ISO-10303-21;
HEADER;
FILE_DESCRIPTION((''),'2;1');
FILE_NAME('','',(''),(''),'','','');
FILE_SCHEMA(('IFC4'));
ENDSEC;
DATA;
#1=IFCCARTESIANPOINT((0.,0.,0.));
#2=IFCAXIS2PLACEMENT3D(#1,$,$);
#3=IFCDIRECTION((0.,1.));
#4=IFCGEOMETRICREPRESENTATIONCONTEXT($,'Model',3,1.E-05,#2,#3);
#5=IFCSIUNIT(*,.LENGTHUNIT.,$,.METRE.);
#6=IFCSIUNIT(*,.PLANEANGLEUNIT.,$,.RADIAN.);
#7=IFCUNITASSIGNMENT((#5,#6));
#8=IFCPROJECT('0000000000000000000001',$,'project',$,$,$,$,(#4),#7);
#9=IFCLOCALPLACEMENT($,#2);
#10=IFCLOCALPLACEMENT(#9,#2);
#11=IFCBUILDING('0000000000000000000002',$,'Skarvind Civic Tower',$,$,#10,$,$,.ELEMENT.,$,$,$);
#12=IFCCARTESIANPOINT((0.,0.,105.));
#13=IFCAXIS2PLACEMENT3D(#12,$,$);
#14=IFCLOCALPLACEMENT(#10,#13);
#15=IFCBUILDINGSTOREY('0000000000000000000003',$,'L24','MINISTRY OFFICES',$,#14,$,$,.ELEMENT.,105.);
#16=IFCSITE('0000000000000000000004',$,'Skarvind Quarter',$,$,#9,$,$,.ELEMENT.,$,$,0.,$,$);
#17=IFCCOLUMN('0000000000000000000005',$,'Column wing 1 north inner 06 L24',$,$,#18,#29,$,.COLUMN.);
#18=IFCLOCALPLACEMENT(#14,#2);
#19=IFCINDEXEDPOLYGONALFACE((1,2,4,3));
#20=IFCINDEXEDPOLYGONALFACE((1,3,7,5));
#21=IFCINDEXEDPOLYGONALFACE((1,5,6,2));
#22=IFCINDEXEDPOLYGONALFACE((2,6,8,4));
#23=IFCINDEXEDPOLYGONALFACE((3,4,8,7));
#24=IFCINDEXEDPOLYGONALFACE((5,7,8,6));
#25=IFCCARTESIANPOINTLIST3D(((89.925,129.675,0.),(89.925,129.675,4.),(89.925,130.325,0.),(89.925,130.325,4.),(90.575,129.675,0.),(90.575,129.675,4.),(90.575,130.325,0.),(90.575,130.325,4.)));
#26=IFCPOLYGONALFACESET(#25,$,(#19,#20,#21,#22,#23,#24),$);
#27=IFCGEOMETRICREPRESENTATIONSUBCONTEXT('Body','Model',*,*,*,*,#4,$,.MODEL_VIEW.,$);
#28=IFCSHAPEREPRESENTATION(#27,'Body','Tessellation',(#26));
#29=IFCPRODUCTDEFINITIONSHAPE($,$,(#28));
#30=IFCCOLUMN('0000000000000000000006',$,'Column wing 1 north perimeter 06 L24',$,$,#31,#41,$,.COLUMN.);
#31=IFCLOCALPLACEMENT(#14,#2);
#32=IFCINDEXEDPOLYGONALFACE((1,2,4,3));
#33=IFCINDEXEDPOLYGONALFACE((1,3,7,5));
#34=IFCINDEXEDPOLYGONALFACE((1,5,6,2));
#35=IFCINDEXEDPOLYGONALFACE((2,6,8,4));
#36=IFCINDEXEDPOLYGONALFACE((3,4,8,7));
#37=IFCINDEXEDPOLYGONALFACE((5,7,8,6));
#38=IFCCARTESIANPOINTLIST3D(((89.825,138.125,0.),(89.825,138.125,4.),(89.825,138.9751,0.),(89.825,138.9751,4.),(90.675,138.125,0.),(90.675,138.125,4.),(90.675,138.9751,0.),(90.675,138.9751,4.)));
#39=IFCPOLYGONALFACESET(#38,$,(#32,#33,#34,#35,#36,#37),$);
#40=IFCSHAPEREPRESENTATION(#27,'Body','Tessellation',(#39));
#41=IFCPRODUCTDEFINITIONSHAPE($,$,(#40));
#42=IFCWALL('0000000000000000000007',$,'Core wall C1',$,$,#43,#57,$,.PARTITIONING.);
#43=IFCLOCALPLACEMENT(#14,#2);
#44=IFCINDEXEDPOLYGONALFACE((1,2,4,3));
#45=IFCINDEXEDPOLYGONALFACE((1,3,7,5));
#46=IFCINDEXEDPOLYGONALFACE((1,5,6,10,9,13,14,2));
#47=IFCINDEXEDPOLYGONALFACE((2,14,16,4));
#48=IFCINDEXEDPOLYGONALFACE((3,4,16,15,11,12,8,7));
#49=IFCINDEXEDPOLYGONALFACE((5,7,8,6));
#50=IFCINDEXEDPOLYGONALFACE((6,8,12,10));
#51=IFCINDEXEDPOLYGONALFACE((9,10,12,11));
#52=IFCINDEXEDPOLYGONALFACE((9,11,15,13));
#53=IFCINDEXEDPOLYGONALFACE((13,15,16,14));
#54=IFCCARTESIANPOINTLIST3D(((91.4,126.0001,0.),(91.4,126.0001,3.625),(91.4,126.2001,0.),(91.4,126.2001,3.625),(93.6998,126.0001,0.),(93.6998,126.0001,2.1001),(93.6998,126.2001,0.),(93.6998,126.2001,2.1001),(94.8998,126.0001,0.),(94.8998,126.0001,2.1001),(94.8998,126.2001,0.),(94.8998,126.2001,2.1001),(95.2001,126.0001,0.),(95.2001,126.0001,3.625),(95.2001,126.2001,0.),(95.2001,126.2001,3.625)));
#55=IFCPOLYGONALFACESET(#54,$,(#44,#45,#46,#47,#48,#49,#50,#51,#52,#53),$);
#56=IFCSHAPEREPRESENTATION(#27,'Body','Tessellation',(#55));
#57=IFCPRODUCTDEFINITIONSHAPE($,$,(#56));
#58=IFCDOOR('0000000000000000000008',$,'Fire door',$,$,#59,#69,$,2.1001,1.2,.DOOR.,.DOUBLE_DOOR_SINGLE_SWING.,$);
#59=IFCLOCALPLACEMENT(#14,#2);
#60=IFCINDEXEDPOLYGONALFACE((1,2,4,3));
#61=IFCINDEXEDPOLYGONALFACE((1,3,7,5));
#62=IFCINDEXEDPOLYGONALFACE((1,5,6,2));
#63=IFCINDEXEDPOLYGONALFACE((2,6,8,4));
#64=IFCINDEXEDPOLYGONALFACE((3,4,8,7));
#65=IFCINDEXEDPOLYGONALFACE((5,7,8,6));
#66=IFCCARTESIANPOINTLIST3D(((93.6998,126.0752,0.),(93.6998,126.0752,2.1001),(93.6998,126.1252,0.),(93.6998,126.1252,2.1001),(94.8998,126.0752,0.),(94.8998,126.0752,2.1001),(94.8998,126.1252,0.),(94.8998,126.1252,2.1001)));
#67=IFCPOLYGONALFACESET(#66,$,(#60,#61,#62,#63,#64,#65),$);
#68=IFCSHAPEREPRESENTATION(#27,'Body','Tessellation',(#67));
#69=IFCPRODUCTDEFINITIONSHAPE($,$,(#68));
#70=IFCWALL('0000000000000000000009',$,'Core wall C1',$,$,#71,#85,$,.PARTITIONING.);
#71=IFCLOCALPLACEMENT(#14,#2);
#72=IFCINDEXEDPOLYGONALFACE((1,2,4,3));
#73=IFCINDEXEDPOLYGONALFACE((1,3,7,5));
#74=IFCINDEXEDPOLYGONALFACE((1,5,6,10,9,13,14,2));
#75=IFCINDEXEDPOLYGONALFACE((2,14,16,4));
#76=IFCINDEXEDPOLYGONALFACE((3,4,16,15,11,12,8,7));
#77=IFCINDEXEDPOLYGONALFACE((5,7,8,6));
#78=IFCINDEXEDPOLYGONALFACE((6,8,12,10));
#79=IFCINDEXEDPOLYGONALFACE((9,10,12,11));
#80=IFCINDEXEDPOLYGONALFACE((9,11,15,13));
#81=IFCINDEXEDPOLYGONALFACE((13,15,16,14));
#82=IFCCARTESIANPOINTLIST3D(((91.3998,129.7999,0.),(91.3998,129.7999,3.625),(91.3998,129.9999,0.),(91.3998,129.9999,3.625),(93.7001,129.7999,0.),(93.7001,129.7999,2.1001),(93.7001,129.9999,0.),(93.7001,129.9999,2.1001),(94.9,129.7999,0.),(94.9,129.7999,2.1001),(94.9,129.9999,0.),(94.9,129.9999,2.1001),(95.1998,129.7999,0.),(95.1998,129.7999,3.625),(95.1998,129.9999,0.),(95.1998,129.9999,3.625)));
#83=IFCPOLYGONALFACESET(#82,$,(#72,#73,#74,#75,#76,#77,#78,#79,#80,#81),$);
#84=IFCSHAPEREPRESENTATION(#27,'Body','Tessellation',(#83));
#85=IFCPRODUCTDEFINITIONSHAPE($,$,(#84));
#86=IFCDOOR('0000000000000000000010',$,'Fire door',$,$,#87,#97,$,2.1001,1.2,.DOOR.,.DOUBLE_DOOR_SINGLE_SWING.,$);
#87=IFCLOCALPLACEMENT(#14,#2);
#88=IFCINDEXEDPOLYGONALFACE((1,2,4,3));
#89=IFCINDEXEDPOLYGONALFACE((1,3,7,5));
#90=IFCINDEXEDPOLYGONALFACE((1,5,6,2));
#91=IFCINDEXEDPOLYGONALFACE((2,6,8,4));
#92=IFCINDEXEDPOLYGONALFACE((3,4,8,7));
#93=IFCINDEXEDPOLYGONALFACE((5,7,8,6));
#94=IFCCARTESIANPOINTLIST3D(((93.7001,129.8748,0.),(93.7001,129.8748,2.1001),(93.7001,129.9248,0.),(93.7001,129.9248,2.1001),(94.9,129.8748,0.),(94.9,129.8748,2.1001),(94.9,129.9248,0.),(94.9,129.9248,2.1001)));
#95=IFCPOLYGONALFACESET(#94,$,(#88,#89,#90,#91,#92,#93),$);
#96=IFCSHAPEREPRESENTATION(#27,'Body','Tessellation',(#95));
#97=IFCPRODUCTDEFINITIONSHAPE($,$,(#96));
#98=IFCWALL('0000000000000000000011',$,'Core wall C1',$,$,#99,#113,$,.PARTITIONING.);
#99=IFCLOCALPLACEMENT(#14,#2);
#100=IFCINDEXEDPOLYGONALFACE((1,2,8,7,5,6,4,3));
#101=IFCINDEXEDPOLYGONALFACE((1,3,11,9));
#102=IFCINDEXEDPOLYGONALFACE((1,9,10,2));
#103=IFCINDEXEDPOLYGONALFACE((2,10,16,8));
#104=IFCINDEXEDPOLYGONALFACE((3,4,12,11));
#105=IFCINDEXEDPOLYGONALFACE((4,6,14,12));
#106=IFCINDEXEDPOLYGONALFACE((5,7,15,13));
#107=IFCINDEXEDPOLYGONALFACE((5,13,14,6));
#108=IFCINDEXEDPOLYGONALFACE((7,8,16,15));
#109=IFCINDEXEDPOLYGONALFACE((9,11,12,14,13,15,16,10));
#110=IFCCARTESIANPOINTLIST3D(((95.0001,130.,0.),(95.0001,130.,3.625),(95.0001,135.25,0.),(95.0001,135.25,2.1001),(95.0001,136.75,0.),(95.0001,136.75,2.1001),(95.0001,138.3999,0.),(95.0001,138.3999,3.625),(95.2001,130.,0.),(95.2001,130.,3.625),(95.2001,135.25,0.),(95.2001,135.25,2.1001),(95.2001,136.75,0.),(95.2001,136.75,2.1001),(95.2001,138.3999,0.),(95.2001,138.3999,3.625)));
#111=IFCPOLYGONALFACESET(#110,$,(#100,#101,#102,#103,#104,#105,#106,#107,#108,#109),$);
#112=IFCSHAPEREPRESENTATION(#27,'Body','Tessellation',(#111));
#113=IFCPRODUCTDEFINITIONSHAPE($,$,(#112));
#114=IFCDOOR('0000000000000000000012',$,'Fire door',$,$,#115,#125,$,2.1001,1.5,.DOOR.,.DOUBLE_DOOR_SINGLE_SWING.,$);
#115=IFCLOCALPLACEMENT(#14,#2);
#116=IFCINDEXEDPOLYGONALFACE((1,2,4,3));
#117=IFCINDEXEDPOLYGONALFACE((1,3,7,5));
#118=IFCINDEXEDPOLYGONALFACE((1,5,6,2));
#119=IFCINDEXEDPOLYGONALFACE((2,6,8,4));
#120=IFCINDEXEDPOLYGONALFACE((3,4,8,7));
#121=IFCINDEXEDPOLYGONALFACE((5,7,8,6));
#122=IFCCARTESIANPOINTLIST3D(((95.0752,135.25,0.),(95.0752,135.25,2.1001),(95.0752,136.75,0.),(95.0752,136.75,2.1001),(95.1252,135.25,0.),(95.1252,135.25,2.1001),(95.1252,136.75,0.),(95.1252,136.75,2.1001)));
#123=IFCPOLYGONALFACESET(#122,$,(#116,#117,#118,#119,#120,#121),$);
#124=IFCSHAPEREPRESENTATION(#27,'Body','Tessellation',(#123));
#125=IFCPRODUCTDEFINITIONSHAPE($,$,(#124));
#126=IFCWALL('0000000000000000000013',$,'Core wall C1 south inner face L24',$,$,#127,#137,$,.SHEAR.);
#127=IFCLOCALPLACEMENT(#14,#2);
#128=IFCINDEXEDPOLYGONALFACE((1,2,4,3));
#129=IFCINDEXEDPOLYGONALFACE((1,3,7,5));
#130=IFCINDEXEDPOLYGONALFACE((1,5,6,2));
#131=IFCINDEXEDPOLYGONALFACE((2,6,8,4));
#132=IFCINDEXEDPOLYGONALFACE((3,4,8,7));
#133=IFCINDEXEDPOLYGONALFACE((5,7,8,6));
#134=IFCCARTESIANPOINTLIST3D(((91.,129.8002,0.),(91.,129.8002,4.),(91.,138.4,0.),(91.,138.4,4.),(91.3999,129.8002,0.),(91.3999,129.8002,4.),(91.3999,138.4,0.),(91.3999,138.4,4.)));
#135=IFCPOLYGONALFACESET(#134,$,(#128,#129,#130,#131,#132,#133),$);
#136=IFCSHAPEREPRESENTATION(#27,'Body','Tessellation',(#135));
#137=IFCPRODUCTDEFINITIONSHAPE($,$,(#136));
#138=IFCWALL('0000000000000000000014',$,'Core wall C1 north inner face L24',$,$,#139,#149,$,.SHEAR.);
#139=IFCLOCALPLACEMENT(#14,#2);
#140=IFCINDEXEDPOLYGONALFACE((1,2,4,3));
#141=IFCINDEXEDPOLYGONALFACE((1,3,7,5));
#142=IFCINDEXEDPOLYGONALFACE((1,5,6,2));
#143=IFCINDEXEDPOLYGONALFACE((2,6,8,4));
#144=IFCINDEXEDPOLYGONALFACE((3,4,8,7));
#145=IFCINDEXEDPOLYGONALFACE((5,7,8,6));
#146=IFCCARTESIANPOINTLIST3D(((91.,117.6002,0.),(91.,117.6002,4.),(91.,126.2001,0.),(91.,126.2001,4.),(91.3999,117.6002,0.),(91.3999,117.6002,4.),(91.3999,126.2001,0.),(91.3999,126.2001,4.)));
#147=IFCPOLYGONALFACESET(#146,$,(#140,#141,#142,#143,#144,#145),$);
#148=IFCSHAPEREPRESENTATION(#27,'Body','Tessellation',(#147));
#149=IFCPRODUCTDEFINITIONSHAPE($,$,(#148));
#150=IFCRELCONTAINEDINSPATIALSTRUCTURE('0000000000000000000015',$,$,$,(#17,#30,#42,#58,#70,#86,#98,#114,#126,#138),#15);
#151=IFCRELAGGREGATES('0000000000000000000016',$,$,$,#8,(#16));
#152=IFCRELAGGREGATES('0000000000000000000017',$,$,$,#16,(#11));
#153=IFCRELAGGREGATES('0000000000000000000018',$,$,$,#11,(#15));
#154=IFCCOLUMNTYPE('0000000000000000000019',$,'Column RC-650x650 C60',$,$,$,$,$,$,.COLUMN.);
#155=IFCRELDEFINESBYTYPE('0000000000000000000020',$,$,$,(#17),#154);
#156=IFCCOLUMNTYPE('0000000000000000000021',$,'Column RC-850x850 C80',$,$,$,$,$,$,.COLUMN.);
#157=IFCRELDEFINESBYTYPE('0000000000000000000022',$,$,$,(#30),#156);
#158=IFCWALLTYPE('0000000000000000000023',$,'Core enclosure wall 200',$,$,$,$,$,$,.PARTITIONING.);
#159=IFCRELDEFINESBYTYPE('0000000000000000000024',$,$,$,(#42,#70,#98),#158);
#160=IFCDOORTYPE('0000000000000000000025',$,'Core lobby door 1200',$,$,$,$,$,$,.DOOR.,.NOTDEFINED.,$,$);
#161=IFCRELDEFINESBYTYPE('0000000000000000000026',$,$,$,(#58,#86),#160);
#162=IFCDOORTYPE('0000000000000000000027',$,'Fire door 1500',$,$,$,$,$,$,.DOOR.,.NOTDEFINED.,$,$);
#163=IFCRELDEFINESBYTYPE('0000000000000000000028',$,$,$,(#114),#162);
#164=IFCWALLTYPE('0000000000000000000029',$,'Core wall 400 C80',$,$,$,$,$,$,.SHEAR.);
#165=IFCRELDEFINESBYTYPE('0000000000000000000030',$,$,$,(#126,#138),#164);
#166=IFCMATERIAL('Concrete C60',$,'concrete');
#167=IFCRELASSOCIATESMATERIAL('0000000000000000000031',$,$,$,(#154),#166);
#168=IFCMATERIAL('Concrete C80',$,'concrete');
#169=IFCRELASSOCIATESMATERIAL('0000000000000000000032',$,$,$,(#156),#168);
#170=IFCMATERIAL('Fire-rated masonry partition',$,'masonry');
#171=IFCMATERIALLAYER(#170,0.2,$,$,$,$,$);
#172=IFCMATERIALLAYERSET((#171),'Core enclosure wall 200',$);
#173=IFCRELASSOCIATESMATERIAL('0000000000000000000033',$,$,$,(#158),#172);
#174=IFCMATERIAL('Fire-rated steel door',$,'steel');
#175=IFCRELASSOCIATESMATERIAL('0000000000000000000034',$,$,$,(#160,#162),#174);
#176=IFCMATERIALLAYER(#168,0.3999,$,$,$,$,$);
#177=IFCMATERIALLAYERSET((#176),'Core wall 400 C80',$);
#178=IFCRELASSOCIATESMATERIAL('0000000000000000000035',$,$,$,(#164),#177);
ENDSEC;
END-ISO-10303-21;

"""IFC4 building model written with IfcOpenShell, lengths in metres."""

from ifc_helpers import new_model, si_unit, direction, frame, frame_2d, origin, origin_2d, place, context, subcontext, project, spatial, rectangle, extrude, material, layer, layer_set, material_profile, profile_set, type_object, element, fill, save


model = new_model("IFC4")

# Units and contexts
model_context = context("Model", 3, precision=1e-05, world=origin(), true_north=direction((0.0, 1.0)))
body_context = subcontext(model_context, "Body", "Model", "MODEL_VIEW")
ifc_project = project(units=[si_unit("LENGTHUNIT", "METRE"), si_unit("PLANEANGLEUNIT", "RADIAN")], contexts=[model_context])

# Site, building, storey
site_placement = place(None, origin())
site = spatial("IfcSite", under=ifc_project, at=site_placement, Name="Skarvind Quarter", CompositionType="ELEMENT", RefElevation=0.0)
building_placement = place(site_placement, origin())
building = spatial("IfcBuilding", under=site, at=building_placement, Name="Skarvind Civic Tower", CompositionType="ELEMENT")
storey_placement = place(building_placement, frame((0.0, 0.0, 105.0)))
storey = spatial("IfcBuildingStorey", under=building, at=storey_placement, Name="L24", Description="MINISTRY OFFICES", CompositionType="ELEMENT", Elevation=105.0)

# Columns
ifc_material_1 = material(Name="Concrete C60", Category="concrete")
ifc_material_profile_1 = material_profile(ifc_material_1, rectangle(XDim=0.6499, YDim=0.6499, at=origin_2d()), Name="RC-650x650")
ifc_profile_set_1 = profile_set([ifc_material_profile_1], Name="Concrete C60")
column_type_1 = type_object("IfcColumnType", Name="Column RC-650x650 C60", PredefinedType="COLUMN", material=ifc_profile_set_1)
column_1_placement = place(storey_placement, frame((90.25, 130.0, 0.0), z_axis=(0.0, 0.0, 1.0), x_axis=(1.0, 0.0, 0.0)))
element("IfcColumn", 1, at=column_1_placement, inside=storey, type_object=column_type_1, Name="Column wing 1 north inner 06 L24", PredefinedType="COLUMN", context=body_context, shape_type="SweptSolid", body=[
    extrude(rectangle(XDim=0.6499, YDim=0.6499, at=origin_2d()), origin(), (0.0, 0.0, 1.0), 4.0),
])
ifc_material_2 = material(Name="Concrete C80", Category="concrete")
ifc_material_profile_2 = material_profile(ifc_material_2, rectangle(XDim=0.8501, YDim=0.8501, at=origin_2d()), Name="RC-850x850")
ifc_profile_set_2 = profile_set([ifc_material_profile_2], Name="Concrete C80")
column_type_2 = type_object("IfcColumnType", Name="Column RC-850x850 C80", PredefinedType="COLUMN", material=ifc_profile_set_2)
column_2_placement = place(storey_placement, frame((90.25, 138.55, 0.0), z_axis=(0.0, 0.0, 1.0), x_axis=(1.0, 0.0, 0.0)))
element("IfcColumn", 2, at=column_2_placement, inside=storey, type_object=column_type_2, Name="Column wing 1 north perimeter 06 L24", PredefinedType="COLUMN", context=body_context, shape_type="SweptSolid", body=[
    extrude(rectangle(XDim=0.8501, YDim=0.8501, at=origin_2d()), origin(), (0.0, 0.0, 1.0), 4.0),
])

# Walls, openings, doors
ifc_material_3 = material(Name="Fire-rated masonry partition", Category="masonry")
ifc_layer_1 = layer(ifc_material_3, 0.2)
ifc_layer_set_1 = layer_set([ifc_layer_1], Name="Core enclosure wall 200")
wall_type_1 = type_object("IfcWallType", Name="Core enclosure wall 200", PredefinedType="PARTITIONING", material=ifc_layer_set_1)
wall_1_placement = place(storey_placement, frame((95.2, 126.1001, 0.0), z_axis=(0.0, 0.0, 1.0), x_axis=(-1.0, 0.0, 0.0)))
wall_1 = element("IfcWall", 3, at=wall_1_placement, inside=storey, type_object=wall_type_1, Name="Core wall C1", PredefinedType="PARTITIONING", context=body_context, shape_type="SweptSolid", body=[
    extrude(rectangle(XDim=3.8, YDim=0.2, at=frame_2d((1.8999, 0.0))), origin(), (0.0, 0.0, 1.0), 3.625),
])
opening_1_placement = place(wall_1_placement, frame((0.3, 0.0, 0.0)))
opening_1 = element("IfcOpeningElement", 4, at=opening_1_placement, cuts=wall_1, PredefinedType="OPENING", context=body_context, shape_type="SweptSolid", body=[
    extrude(rectangle(XDim=1.2, YDim=2.1001, at=frame_2d((0.6001, 1.05))), frame((0.0, 0.1099, 0.0), z_axis=(0.0, -1.0, 0.0), x_axis=(1.0, 0.0, 0.0)), (0.0, 0.0, 1.0), 0.22),
])
ifc_material_4 = material(Name="Fire-rated steel door", Category="steel")
door_type_1 = type_object("IfcDoorType", Name="Core lobby door 1200", OperationType="NOTDEFINED", PredefinedType="DOOR", material=ifc_material_4)
door_1_placement = place(opening_1_placement, origin())
door_1 = element("IfcDoor", 5, at=door_1_placement, inside=storey, type_object=door_type_1, Name="Fire door", OperationType="DOUBLE_DOOR_SINGLE_SWING", OverallHeight=2.1001, OverallWidth=1.2, PredefinedType="DOOR", context=body_context, shape_type="SweptSolid", body=[
    extrude(rectangle(XDim=1.2, YDim=2.1001, at=frame_2d((0.6001, 1.05))), frame((0.0, 0.0249, 0.0), z_axis=(0.0, -1.0, 0.0), x_axis=(1.0, 0.0, 0.0)), (0.0, 0.0, 1.0), 0.05),
])
fill(opening_1, door_1)
wall_2_placement = place(storey_placement, frame((91.3999, 129.8999, 0.0), z_axis=(0.0, 0.0, 1.0), x_axis=(1.0, 0.0, 0.0)))
wall_2 = element("IfcWall", 6, at=wall_2_placement, inside=storey, type_object=wall_type_1, Name="Core wall C1", PredefinedType="PARTITIONING", context=body_context, shape_type="SweptSolid", body=[
    extrude(rectangle(XDim=3.8, YDim=0.2, at=frame_2d((1.8999, 0.0))), origin(), (0.0, 0.0, 1.0), 3.625),
])
opening_2_placement = place(wall_2_placement, frame((2.3, 0.0, 0.0)))
opening_2 = element("IfcOpeningElement", 7, at=opening_2_placement, cuts=wall_2, PredefinedType="OPENING", context=body_context, shape_type="SweptSolid", body=[
    extrude(rectangle(XDim=1.2, YDim=2.1001, at=frame_2d((0.6001, 1.05))), frame((0.0, 0.1099, 0.0), z_axis=(0.0, -1.0, 0.0), x_axis=(1.0, 0.0, 0.0)), (0.0, 0.0, 1.0), 0.22),
])
door_2_placement = place(opening_2_placement, origin())
door_2 = element("IfcDoor", 8, at=door_2_placement, inside=storey, type_object=door_type_1, Name="Fire door", OperationType="DOUBLE_DOOR_SINGLE_SWING", OverallHeight=2.1001, OverallWidth=1.2, PredefinedType="DOOR", context=body_context, shape_type="SweptSolid", body=[
    extrude(rectangle(XDim=1.2, YDim=2.1001, at=frame_2d((0.6001, 1.05))), frame((0.0, 0.0249, 0.0), z_axis=(0.0, -1.0, 0.0), x_axis=(1.0, 0.0, 0.0)), (0.0, 0.0, 1.0), 0.05),
])
fill(opening_2, door_2)
wall_3_placement = place(storey_placement, frame((95.1001, 130.0, 0.0), z_axis=(0.0, 0.0, 1.0), x_axis=(0.0, 1.0, 0.0)))
wall_3 = element("IfcWall", 9, at=wall_3_placement, inside=storey, type_object=wall_type_1, Name="Core wall C1", PredefinedType="PARTITIONING", context=body_context, shape_type="SweptSolid", body=[
    extrude(rectangle(XDim=8.3999, YDim=0.2, at=frame_2d((4.2, 0.0))), origin(), (0.0, 0.0, 1.0), 3.625),
])
opening_3_placement = place(wall_3_placement, frame((5.25, 0.0, 0.0)))
opening_3 = element("IfcOpeningElement", 10, at=opening_3_placement, cuts=wall_3, PredefinedType="OPENING", context=body_context, shape_type="SweptSolid", body=[
    extrude(rectangle(XDim=1.5, YDim=2.1001, at=frame_2d((0.75, 1.05))), frame((0.0, 0.1099, 0.0), z_axis=(0.0, -1.0, 0.0), x_axis=(1.0, 0.0, 0.0)), (0.0, 0.0, 1.0), 0.22),
])
door_type_2 = type_object("IfcDoorType", Name="Fire door 1500", OperationType="NOTDEFINED", PredefinedType="DOOR", material=ifc_material_4)
door_3_placement = place(opening_3_placement, origin())
door_3 = element("IfcDoor", 11, at=door_3_placement, inside=storey, type_object=door_type_2, Name="Fire door", OperationType="DOUBLE_DOOR_SINGLE_SWING", OverallHeight=2.1001, OverallWidth=1.5, PredefinedType="DOOR", context=body_context, shape_type="SweptSolid", body=[
    extrude(rectangle(XDim=1.5, YDim=2.1001, at=frame_2d((0.75, 1.05))), frame((0.0, 0.0249, 0.0), z_axis=(0.0, -1.0, 0.0), x_axis=(1.0, 0.0, 0.0)), (0.0, 0.0, 1.0), 0.05),
])
fill(opening_3, door_3)

# Walls
ifc_layer_2 = layer(ifc_material_2, 0.3999)
ifc_layer_set_2 = layer_set([ifc_layer_2], Name="Core wall 400 C80")
wall_type_2 = type_object("IfcWallType", Name="Core wall 400 C80", PredefinedType="SHEAR", material=ifc_layer_set_2)
for number, where, z_axis, x_axis, name in (
    (12, (91.2, 138.3999, 0.0), (0.0, 0.0, 1.0), (0.0, -1.0, 0.0), "Core wall C1 south inner face L24"),
    (13, (91.2, 126.2, 0.0), (0.0, 0.0, 1.0), (0.0, -1.0, 0.0), "Core wall C1 north inner face L24"),
):
    element("IfcWall", number, at=place(storey_placement, frame(where, z_axis=z_axis, x_axis=x_axis)), inside=storey, type_object=wall_type_2, Name=name, PredefinedType="SHEAR", context=body_context, shape_type="SweptSolid", body=[
        extrude(rectangle(XDim=8.5999, YDim=0.3999, at=frame_2d((4.2998, 0.0))), origin(), (0.0, 0.0, 1.0), 4.0),
    ])

save(model, "model.ifc")
